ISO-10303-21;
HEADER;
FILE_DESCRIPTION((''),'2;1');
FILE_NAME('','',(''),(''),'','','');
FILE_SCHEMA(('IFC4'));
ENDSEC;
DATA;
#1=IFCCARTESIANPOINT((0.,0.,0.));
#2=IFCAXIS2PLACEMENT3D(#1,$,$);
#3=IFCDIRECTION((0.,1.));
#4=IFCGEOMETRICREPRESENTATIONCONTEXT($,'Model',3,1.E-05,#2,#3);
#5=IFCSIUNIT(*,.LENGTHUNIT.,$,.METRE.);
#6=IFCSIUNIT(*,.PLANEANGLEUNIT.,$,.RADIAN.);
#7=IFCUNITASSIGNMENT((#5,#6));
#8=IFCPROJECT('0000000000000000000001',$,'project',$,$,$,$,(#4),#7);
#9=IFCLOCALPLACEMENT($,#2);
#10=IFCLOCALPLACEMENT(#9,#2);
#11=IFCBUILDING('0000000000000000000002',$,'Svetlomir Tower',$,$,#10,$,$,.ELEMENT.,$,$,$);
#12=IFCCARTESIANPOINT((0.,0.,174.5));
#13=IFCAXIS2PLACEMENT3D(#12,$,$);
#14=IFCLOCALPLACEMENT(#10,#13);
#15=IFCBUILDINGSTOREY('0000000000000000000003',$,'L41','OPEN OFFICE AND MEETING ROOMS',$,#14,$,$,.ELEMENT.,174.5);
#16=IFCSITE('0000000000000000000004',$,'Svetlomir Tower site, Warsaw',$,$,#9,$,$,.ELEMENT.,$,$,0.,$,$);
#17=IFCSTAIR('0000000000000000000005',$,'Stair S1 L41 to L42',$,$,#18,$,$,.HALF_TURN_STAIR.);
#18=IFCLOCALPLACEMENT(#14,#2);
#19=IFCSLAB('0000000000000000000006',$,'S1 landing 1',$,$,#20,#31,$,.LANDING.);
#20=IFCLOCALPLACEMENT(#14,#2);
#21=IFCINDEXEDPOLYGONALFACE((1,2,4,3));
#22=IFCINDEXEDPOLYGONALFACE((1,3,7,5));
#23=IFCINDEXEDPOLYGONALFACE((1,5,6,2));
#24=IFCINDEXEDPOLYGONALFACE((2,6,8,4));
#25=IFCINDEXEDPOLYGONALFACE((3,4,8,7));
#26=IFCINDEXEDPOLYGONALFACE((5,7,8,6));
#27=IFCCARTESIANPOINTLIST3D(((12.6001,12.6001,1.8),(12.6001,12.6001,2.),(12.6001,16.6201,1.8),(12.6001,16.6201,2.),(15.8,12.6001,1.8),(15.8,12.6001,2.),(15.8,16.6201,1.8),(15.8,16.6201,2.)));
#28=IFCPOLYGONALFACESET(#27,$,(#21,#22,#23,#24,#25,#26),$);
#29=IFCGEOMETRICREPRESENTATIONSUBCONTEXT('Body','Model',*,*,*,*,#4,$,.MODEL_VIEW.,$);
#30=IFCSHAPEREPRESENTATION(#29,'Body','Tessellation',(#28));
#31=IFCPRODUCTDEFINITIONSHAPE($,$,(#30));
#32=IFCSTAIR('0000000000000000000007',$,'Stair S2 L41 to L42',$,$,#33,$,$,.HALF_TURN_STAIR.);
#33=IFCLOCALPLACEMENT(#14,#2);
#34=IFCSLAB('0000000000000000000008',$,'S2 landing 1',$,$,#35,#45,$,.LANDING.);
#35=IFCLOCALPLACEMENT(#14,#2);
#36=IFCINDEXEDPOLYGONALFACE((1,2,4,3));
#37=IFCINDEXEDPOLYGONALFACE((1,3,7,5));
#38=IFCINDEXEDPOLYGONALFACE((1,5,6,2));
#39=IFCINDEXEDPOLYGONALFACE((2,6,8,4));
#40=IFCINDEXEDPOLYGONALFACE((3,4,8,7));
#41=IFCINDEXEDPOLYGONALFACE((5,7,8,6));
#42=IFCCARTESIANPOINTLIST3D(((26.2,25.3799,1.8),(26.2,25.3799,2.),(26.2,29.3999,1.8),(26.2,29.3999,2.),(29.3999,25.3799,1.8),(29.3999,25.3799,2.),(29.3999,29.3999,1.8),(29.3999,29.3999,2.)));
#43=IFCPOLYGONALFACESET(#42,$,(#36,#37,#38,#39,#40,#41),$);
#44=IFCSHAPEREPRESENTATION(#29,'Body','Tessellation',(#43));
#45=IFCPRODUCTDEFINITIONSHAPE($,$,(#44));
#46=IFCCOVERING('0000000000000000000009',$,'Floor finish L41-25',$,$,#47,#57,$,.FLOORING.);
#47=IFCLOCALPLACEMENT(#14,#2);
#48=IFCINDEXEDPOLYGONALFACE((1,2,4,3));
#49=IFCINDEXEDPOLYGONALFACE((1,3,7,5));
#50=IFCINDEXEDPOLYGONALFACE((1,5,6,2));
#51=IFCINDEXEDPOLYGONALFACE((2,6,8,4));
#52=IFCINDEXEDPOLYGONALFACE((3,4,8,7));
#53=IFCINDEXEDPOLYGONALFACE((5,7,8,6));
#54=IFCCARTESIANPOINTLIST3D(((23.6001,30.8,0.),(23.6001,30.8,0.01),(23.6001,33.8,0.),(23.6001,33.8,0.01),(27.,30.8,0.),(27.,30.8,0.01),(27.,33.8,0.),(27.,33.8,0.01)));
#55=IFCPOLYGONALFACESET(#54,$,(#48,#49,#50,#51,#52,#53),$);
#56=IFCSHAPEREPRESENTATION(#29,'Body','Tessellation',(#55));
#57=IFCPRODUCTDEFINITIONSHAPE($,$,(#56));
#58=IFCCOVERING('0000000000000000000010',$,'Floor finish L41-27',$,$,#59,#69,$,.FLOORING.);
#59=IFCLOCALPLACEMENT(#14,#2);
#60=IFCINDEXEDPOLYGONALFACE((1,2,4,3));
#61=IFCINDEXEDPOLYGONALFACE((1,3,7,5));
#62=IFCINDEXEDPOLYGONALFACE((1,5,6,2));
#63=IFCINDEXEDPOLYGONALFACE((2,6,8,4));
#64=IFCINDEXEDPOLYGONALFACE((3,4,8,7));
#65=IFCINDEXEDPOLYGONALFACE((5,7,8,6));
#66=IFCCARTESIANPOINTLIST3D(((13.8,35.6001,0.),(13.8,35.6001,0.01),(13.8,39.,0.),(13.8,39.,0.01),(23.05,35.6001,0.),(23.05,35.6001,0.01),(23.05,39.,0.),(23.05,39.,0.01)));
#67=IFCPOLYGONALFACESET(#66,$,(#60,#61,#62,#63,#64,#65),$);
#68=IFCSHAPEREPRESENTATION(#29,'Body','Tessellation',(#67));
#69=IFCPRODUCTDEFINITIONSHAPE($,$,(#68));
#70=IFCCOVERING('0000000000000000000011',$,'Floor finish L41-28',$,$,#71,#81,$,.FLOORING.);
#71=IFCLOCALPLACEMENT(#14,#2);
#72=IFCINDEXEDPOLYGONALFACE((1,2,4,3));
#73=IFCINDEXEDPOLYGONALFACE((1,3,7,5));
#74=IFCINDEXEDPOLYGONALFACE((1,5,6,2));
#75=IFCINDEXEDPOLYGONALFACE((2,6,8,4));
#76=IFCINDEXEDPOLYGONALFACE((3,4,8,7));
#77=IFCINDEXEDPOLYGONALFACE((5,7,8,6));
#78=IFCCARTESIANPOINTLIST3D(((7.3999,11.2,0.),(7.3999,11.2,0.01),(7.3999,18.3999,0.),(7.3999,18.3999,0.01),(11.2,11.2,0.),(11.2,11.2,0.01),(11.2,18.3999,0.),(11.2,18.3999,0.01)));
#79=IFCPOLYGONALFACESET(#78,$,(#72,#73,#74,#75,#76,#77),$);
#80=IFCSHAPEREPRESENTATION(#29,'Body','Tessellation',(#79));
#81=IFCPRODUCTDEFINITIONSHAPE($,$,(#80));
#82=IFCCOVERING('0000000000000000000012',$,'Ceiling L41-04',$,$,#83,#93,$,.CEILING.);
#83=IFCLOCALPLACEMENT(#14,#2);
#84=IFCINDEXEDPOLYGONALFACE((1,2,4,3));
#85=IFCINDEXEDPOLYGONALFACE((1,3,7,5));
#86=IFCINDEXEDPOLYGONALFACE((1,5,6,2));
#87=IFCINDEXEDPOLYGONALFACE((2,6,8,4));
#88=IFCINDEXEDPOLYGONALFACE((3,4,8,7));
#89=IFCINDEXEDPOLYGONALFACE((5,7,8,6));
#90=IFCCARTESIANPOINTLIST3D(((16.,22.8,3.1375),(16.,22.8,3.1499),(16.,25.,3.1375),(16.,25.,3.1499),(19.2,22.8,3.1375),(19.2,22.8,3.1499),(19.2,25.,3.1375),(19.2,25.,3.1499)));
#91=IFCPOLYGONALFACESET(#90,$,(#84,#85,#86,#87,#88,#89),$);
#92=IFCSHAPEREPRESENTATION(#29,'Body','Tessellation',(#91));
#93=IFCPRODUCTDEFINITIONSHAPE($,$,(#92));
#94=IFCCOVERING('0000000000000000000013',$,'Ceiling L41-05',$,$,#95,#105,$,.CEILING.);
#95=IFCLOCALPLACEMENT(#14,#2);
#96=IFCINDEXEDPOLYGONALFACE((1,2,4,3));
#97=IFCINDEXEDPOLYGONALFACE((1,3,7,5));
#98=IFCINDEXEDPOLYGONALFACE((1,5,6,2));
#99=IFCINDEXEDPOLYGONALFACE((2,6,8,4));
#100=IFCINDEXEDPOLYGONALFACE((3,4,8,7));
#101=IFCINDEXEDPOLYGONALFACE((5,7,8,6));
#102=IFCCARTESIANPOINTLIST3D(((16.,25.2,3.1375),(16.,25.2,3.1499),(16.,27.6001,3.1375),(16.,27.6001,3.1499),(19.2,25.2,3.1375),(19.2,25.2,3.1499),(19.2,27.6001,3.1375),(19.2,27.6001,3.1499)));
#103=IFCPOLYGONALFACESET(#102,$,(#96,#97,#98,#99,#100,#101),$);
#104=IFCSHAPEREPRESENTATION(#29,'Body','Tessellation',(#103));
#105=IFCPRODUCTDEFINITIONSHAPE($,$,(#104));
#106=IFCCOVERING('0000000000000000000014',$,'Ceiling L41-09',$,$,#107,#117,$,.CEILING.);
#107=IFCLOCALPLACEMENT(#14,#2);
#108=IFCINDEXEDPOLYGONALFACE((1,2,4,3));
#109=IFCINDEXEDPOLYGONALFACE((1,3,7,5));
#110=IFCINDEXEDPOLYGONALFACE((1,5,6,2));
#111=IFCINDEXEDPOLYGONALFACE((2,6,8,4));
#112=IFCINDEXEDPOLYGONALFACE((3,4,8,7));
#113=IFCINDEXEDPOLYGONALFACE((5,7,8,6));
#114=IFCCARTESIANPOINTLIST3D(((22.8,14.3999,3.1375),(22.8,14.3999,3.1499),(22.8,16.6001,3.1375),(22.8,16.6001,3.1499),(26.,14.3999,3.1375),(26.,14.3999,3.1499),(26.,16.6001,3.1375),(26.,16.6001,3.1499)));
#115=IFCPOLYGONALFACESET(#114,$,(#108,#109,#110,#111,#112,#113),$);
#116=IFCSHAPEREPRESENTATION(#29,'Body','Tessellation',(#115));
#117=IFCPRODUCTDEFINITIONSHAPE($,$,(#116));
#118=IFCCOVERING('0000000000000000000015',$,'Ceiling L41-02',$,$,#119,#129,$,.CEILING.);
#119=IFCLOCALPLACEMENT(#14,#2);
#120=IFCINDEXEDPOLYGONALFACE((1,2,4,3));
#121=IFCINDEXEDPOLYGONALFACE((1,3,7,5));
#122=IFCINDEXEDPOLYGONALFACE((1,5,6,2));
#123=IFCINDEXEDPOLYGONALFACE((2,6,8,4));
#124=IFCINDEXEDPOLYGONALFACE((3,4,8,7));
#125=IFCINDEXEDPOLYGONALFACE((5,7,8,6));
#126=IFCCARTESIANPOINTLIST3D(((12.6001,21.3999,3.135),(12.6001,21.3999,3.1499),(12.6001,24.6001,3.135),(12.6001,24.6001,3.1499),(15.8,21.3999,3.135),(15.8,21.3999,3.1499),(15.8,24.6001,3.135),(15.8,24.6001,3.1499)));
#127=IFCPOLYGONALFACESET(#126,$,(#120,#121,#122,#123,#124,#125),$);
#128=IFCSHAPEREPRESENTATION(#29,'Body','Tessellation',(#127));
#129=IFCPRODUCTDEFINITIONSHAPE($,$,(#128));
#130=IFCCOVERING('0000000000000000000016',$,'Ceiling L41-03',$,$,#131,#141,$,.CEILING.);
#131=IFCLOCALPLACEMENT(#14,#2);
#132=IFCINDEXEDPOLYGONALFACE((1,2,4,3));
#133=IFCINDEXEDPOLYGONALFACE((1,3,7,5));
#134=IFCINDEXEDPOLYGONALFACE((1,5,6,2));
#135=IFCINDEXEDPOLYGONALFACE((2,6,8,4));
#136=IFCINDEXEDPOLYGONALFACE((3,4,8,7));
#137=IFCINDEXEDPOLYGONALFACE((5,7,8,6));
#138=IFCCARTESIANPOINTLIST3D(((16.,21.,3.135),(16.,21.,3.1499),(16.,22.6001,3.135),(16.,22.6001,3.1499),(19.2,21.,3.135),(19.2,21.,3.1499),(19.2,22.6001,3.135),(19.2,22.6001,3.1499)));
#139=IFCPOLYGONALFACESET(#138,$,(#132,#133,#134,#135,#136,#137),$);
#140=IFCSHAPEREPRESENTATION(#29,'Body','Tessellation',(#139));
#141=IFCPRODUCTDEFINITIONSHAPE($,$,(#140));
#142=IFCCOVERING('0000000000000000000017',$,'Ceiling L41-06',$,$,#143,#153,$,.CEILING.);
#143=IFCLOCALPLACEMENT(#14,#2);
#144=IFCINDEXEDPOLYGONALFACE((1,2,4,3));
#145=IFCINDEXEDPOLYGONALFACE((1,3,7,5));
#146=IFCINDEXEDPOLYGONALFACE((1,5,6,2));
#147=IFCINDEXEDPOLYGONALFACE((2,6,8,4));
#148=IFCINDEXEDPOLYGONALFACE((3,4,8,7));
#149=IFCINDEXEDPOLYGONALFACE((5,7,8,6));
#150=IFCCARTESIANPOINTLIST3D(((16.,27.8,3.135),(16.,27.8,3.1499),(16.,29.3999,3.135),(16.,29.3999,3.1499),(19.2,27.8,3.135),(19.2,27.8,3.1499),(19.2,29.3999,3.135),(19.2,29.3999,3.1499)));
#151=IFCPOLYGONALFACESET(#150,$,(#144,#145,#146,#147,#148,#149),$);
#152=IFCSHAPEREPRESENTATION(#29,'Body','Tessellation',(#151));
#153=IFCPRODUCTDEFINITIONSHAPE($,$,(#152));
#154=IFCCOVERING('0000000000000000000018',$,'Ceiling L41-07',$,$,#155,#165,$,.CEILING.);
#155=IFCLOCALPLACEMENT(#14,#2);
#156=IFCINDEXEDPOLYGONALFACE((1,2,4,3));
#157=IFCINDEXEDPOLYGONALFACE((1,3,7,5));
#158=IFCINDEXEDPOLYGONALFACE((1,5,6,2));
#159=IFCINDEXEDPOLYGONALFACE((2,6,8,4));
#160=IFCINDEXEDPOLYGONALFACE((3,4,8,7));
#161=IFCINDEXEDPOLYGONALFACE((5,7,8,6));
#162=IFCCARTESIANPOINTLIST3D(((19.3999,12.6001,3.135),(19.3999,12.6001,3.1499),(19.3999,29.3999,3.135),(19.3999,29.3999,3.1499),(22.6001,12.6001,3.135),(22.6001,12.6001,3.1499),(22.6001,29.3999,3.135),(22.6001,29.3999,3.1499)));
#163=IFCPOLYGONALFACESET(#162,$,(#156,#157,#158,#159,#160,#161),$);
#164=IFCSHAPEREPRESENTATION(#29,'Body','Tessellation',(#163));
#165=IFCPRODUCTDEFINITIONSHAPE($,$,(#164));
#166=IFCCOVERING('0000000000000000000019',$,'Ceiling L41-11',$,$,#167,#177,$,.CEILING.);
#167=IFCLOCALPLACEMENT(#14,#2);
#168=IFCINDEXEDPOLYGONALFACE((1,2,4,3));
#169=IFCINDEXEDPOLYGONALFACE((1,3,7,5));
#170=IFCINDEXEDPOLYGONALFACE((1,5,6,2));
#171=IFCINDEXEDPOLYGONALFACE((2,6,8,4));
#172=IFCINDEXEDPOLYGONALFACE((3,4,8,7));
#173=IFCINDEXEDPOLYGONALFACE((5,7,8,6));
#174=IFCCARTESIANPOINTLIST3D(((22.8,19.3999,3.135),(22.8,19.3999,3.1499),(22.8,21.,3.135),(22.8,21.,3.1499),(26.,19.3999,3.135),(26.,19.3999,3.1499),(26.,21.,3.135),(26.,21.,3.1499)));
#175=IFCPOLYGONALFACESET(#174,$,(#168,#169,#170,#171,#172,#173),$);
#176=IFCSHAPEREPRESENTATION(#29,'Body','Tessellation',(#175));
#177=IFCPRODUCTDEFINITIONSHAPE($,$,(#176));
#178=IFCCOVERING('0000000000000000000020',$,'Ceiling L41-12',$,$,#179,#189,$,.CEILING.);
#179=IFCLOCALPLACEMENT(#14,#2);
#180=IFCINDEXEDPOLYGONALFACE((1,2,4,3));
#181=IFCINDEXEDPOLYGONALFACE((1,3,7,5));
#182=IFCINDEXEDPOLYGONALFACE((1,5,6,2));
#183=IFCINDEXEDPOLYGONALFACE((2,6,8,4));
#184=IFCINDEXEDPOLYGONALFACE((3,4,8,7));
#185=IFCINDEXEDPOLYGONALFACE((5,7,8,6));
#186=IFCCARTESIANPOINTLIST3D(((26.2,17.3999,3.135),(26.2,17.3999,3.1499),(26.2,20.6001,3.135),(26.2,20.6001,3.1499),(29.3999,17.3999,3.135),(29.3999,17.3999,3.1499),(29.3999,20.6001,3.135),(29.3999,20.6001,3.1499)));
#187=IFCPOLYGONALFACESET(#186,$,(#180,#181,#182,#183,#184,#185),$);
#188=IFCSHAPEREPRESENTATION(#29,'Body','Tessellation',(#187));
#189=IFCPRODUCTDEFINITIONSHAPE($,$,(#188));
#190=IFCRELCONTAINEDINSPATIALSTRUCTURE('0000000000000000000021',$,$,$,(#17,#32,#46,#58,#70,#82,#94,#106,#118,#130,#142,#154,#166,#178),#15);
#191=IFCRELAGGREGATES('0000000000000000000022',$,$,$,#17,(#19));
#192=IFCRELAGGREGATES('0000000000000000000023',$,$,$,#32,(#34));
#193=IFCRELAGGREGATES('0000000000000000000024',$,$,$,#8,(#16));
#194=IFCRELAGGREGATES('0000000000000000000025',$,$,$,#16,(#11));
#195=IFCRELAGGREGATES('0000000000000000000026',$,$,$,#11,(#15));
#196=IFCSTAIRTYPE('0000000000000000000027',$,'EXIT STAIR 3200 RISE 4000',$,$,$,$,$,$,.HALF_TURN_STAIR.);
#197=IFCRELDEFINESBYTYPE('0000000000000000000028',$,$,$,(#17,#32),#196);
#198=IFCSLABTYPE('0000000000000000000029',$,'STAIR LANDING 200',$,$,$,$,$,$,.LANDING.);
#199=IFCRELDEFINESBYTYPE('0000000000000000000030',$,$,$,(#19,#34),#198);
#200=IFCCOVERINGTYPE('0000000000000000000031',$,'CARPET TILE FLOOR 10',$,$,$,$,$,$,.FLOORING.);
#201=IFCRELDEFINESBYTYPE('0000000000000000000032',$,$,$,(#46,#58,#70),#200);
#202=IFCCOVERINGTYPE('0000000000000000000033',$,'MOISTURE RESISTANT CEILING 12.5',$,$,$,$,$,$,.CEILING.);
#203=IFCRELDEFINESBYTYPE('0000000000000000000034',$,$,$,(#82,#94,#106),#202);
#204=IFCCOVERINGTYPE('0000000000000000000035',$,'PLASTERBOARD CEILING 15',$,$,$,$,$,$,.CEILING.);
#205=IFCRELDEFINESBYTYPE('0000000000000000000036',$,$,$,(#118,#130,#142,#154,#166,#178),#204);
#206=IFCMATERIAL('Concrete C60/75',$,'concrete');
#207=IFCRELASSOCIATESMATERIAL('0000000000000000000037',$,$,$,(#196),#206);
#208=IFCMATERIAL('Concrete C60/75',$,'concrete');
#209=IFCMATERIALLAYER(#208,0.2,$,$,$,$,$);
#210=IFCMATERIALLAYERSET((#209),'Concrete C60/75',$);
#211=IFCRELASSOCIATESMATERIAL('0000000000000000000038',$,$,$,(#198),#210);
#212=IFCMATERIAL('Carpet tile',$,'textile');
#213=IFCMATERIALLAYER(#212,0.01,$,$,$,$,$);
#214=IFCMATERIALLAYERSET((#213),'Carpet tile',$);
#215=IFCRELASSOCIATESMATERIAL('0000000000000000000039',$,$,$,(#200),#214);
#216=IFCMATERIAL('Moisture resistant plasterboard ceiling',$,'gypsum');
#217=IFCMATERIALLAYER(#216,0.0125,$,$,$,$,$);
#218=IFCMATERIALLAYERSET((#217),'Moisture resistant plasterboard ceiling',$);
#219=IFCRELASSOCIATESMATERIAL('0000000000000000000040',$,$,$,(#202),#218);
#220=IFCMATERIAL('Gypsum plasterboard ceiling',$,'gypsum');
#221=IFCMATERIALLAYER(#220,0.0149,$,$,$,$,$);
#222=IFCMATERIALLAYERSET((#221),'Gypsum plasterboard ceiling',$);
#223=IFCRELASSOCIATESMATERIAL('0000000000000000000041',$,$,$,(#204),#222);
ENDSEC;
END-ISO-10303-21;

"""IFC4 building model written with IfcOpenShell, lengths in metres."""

from ifc_helpers import new_model, si_unit, direction, frame, origin, place, context, subcontext, project, spatial, polyline, outline, extrude, material, layer, layer_set, type_object, element, aggregate, save


model = new_model("IFC4")

# Units and contexts
model_context = context("Model", 3, precision=1e-05, world=origin(), true_north=direction((0.0, 1.0)))
body_context = subcontext(model_context, "Body", "Model", "MODEL_VIEW")
ifc_project = project(units=[si_unit("LENGTHUNIT", "METRE"), si_unit("PLANEANGLEUNIT", "RADIAN")], contexts=[model_context])

# Site, building, storey
site_placement = place(None, origin())
site = spatial("IfcSite", under=ifc_project, at=site_placement, Name="Svetlomir Tower site, Warsaw", CompositionType="ELEMENT", RefElevation=0.0)
building_placement = place(site_placement, origin())
building = spatial("IfcBuilding", under=site, at=building_placement, Name="Svetlomir Tower", CompositionType="ELEMENT")
storey_placement = place(building_placement, frame((0.0, 0.0, 174.5)))
storey = spatial("IfcBuildingStorey", under=building, at=storey_placement, Name="L41", Description="OPEN OFFICE AND MEETING ROOMS", CompositionType="ELEMENT", Elevation=174.5)

# Stairs, slabs
ifc_material_1 = material(Name="Concrete C60/75", Category="concrete")
stair_type = type_object("IfcStairType", Name="EXIT STAIR 3200 RISE 4000", PredefinedType="HALF_TURN_STAIR", material=ifc_material_1)
stair_1_placement = place(storey_placement, origin())
stair_1 = element("IfcStair", 1, at=stair_1_placement, inside=storey, type_object=stair_type, Name="Stair S1 L41 to L42", PredefinedType="HALF_TURN_STAIR")
ifc_material_2 = material(Name="Concrete C60/75", Category="concrete")
ifc_layer_1 = layer(ifc_material_2, 0.2)
ifc_layer_set_1 = layer_set([ifc_layer_1], Name="Concrete C60/75")
slab_type = type_object("IfcSlabType", Name="STAIR LANDING 200", PredefinedType="LANDING", material=ifc_layer_set_1)
slab_1_placement = place(storey_placement, frame((0.0, 0.0, 1.8)))
slab_1 = element("IfcSlab", 2, at=slab_1_placement, type_object=slab_type, Name="S1 landing 1", PredefinedType="LANDING", context=body_context, shape_type="SweptSolid", body=[
    extrude(outline(polyline([(12.6001, 12.6001), (15.8, 12.6001), (15.8, 16.6201), (12.6001, 16.6201), (12.6001, 12.6001)])), origin(), (0.0, 0.0, 1.0), 0.2),
])
aggregate(stair_1, [slab_1])
stair_2_placement = place(storey_placement, origin())
stair_2 = element("IfcStair", 3, at=stair_2_placement, inside=storey, type_object=stair_type, Name="Stair S2 L41 to L42", PredefinedType="HALF_TURN_STAIR")
slab_2_placement = place(storey_placement, frame((0.0, 0.0, 1.8)))
slab_2 = element("IfcSlab", 4, at=slab_2_placement, type_object=slab_type, Name="S2 landing 1", PredefinedType="LANDING", context=body_context, shape_type="SweptSolid", body=[
    extrude(outline(polyline([(26.2, 25.3799), (29.3999, 25.3799), (29.3999, 29.3999), (26.2, 29.3999), (26.2, 25.3799)])), origin(), (0.0, 0.0, 1.0), 0.2),
])
aggregate(stair_2, [slab_2])

# Coverings
ifc_material_3 = material(Name="Carpet tile", Category="textile")
ifc_layer_2 = layer(ifc_material_3, 0.01)
ifc_layer_set_2 = layer_set([ifc_layer_2], Name="Carpet tile")
covering_type_1 = type_object("IfcCoveringType", Name="CARPET TILE FLOOR 10", PredefinedType="FLOORING", material=ifc_layer_set_2)
covering_1_placement = place(storey_placement, origin())
element("IfcCovering", 5, at=covering_1_placement, inside=storey, type_object=covering_type_1, Name="Floor finish L41-25", PredefinedType="FLOORING", context=body_context, shape_type="SweptSolid", body=[
    extrude(outline(polyline([(23.6001, 30.8), (27.0, 30.8), (27.0, 33.8), (23.6001, 33.8), (23.6001, 30.8)])), origin(), (0.0, 0.0, 1.0), 0.01),
])
covering_2_placement = place(storey_placement, origin())
element("IfcCovering", 6, at=covering_2_placement, inside=storey, type_object=covering_type_1, Name="Floor finish L41-27", PredefinedType="FLOORING", context=body_context, shape_type="SweptSolid", body=[
    extrude(outline(polyline([(13.8, 35.6001), (23.05, 35.6001), (23.05, 39.0), (13.8, 39.0), (13.8, 35.6001)])), origin(), (0.0, 0.0, 1.0), 0.01),
])
covering_3_placement = place(storey_placement, origin())
element("IfcCovering", 7, at=covering_3_placement, inside=storey, type_object=covering_type_1, Name="Floor finish L41-28", PredefinedType="FLOORING", context=body_context, shape_type="SweptSolid", body=[
    extrude(outline(polyline([(7.3999, 11.2), (11.2, 11.2), (11.2, 18.3999), (7.3999, 18.3999), (7.3999, 11.2)])), origin(), (0.0, 0.0, 1.0), 0.01),
])
ifc_material_4 = material(Name="Moisture resistant plasterboard ceiling", Category="gypsum")
ifc_layer_3 = layer(ifc_material_4, 0.0125)
ifc_layer_set_3 = layer_set([ifc_layer_3], Name="Moisture resistant plasterboard ceiling")
covering_type_2 = type_object("IfcCoveringType", Name="MOISTURE RESISTANT CEILING 12.5", PredefinedType="CEILING", material=ifc_layer_set_3)
covering_4_placement = place(storey_placement, frame((0.0, 0.0, 3.1375)))
element("IfcCovering", 8, at=covering_4_placement, inside=storey, type_object=covering_type_2, Name="Ceiling L41-04", PredefinedType="CEILING", context=body_context, shape_type="SweptSolid", body=[
    extrude(outline(polyline([(16.0, 22.8), (19.2, 22.8), (19.2, 25.0), (16.0, 25.0), (16.0, 22.8)])), origin(), (0.0, 0.0, 1.0), 0.0125),
])
covering_5_placement = place(storey_placement, frame((0.0, 0.0, 3.1375)))
element("IfcCovering", 9, at=covering_5_placement, inside=storey, type_object=covering_type_2, Name="Ceiling L41-05", PredefinedType="CEILING", context=body_context, shape_type="SweptSolid", body=[
    extrude(outline(polyline([(16.0, 25.2), (19.2, 25.2), (19.2, 27.6001), (16.0, 27.6001), (16.0, 25.2)])), origin(), (0.0, 0.0, 1.0), 0.0125),
])
covering_6_placement = place(storey_placement, frame((0.0, 0.0, 3.1375)))
element("IfcCovering", 10, at=covering_6_placement, inside=storey, type_object=covering_type_2, Name="Ceiling L41-09", PredefinedType="CEILING", context=body_context, shape_type="SweptSolid", body=[
    extrude(outline(polyline([(22.8, 14.3999), (26.0, 14.3999), (26.0, 16.6001), (22.8, 16.6001), (22.8, 14.3999)])), origin(), (0.0, 0.0, 1.0), 0.0125),
])
ifc_material_5 = material(Name="Gypsum plasterboard ceiling", Category="gypsum")
ifc_layer_4 = layer(ifc_material_5, 0.0149)
ifc_layer_set_4 = layer_set([ifc_layer_4], Name="Gypsum plasterboard ceiling")
covering_type_3 = type_object("IfcCoveringType", Name="PLASTERBOARD CEILING 15", PredefinedType="CEILING", material=ifc_layer_set_4)
covering_7_placement = place(storey_placement, frame((0.0, 0.0, 3.135)))
element("IfcCovering", 11, at=covering_7_placement, inside=storey, type_object=covering_type_3, Name="Ceiling L41-02", PredefinedType="CEILING", context=body_context, shape_type="SweptSolid", body=[
    extrude(outline(polyline([(12.6001, 21.3999), (15.8, 21.3999), (15.8, 24.6001), (12.6001, 24.6001), (12.6001, 21.3999)])), origin(), (0.0, 0.0, 1.0), 0.0149),
])
covering_8_placement = place(storey_placement, frame((0.0, 0.0, 3.135)))
element("IfcCovering", 12, at=covering_8_placement, inside=storey, type_object=covering_type_3, Name="Ceiling L41-03", PredefinedType="CEILING", context=body_context, shape_type="SweptSolid", body=[
    extrude(outline(polyline([(16.0, 21.0), (19.2, 21.0), (19.2, 22.6001), (16.0, 22.6001), (16.0, 21.0)])), origin(), (0.0, 0.0, 1.0), 0.0149),
])
covering_9_placement = place(storey_placement, frame((0.0, 0.0, 3.135)))
element("IfcCovering", 13, at=covering_9_placement, inside=storey, type_object=covering_type_3, Name="Ceiling L41-06", PredefinedType="CEILING", context=body_context, shape_type="SweptSolid", body=[
    extrude(outline(polyline([(16.0, 27.8), (19.2, 27.8), (19.2, 29.3999), (16.0, 29.3999), (16.0, 27.8)])), origin(), (0.0, 0.0, 1.0), 0.0149),
])
covering_10_placement = place(storey_placement, frame((0.0, 0.0, 3.135)))
element("IfcCovering", 14, at=covering_10_placement, inside=storey, type_object=covering_type_3, Name="Ceiling L41-07", PredefinedType="CEILING", context=body_context, shape_type="SweptSolid", body=[
    extrude(outline(polyline([(19.3999, 12.6001), (22.6001, 12.6001), (22.6001, 29.3999), (19.3999, 29.3999), (19.3999, 12.6001)])), origin(), (0.0, 0.0, 1.0), 0.0149),
])
covering_11_placement = place(storey_placement, frame((0.0, 0.0, 3.135)))
element("IfcCovering", 15, at=covering_11_placement, inside=storey, type_object=covering_type_3, Name="Ceiling L41-11", PredefinedType="CEILING", context=body_context, shape_type="SweptSolid", body=[
    extrude(outline(polyline([(22.8, 19.3999), (26.0, 19.3999), (26.0, 21.0), (22.8, 21.0), (22.8, 19.3999)])), origin(), (0.0, 0.0, 1.0), 0.0149),
])
covering_12_placement = place(storey_placement, frame((0.0, 0.0, 3.135)))
element("IfcCovering", 16, at=covering_12_placement, inside=storey, type_object=covering_type_3, Name="Ceiling L41-12", PredefinedType="CEILING", context=body_context, shape_type="SweptSolid", body=[
    extrude(outline(polyline([(26.2, 17.3999), (29.3999, 17.3999), (29.3999, 20.6001), (26.2, 20.6001), (26.2, 17.3999)])), origin(), (0.0, 0.0, 1.0), 0.0149),
])

save(model, "model.ifc")
